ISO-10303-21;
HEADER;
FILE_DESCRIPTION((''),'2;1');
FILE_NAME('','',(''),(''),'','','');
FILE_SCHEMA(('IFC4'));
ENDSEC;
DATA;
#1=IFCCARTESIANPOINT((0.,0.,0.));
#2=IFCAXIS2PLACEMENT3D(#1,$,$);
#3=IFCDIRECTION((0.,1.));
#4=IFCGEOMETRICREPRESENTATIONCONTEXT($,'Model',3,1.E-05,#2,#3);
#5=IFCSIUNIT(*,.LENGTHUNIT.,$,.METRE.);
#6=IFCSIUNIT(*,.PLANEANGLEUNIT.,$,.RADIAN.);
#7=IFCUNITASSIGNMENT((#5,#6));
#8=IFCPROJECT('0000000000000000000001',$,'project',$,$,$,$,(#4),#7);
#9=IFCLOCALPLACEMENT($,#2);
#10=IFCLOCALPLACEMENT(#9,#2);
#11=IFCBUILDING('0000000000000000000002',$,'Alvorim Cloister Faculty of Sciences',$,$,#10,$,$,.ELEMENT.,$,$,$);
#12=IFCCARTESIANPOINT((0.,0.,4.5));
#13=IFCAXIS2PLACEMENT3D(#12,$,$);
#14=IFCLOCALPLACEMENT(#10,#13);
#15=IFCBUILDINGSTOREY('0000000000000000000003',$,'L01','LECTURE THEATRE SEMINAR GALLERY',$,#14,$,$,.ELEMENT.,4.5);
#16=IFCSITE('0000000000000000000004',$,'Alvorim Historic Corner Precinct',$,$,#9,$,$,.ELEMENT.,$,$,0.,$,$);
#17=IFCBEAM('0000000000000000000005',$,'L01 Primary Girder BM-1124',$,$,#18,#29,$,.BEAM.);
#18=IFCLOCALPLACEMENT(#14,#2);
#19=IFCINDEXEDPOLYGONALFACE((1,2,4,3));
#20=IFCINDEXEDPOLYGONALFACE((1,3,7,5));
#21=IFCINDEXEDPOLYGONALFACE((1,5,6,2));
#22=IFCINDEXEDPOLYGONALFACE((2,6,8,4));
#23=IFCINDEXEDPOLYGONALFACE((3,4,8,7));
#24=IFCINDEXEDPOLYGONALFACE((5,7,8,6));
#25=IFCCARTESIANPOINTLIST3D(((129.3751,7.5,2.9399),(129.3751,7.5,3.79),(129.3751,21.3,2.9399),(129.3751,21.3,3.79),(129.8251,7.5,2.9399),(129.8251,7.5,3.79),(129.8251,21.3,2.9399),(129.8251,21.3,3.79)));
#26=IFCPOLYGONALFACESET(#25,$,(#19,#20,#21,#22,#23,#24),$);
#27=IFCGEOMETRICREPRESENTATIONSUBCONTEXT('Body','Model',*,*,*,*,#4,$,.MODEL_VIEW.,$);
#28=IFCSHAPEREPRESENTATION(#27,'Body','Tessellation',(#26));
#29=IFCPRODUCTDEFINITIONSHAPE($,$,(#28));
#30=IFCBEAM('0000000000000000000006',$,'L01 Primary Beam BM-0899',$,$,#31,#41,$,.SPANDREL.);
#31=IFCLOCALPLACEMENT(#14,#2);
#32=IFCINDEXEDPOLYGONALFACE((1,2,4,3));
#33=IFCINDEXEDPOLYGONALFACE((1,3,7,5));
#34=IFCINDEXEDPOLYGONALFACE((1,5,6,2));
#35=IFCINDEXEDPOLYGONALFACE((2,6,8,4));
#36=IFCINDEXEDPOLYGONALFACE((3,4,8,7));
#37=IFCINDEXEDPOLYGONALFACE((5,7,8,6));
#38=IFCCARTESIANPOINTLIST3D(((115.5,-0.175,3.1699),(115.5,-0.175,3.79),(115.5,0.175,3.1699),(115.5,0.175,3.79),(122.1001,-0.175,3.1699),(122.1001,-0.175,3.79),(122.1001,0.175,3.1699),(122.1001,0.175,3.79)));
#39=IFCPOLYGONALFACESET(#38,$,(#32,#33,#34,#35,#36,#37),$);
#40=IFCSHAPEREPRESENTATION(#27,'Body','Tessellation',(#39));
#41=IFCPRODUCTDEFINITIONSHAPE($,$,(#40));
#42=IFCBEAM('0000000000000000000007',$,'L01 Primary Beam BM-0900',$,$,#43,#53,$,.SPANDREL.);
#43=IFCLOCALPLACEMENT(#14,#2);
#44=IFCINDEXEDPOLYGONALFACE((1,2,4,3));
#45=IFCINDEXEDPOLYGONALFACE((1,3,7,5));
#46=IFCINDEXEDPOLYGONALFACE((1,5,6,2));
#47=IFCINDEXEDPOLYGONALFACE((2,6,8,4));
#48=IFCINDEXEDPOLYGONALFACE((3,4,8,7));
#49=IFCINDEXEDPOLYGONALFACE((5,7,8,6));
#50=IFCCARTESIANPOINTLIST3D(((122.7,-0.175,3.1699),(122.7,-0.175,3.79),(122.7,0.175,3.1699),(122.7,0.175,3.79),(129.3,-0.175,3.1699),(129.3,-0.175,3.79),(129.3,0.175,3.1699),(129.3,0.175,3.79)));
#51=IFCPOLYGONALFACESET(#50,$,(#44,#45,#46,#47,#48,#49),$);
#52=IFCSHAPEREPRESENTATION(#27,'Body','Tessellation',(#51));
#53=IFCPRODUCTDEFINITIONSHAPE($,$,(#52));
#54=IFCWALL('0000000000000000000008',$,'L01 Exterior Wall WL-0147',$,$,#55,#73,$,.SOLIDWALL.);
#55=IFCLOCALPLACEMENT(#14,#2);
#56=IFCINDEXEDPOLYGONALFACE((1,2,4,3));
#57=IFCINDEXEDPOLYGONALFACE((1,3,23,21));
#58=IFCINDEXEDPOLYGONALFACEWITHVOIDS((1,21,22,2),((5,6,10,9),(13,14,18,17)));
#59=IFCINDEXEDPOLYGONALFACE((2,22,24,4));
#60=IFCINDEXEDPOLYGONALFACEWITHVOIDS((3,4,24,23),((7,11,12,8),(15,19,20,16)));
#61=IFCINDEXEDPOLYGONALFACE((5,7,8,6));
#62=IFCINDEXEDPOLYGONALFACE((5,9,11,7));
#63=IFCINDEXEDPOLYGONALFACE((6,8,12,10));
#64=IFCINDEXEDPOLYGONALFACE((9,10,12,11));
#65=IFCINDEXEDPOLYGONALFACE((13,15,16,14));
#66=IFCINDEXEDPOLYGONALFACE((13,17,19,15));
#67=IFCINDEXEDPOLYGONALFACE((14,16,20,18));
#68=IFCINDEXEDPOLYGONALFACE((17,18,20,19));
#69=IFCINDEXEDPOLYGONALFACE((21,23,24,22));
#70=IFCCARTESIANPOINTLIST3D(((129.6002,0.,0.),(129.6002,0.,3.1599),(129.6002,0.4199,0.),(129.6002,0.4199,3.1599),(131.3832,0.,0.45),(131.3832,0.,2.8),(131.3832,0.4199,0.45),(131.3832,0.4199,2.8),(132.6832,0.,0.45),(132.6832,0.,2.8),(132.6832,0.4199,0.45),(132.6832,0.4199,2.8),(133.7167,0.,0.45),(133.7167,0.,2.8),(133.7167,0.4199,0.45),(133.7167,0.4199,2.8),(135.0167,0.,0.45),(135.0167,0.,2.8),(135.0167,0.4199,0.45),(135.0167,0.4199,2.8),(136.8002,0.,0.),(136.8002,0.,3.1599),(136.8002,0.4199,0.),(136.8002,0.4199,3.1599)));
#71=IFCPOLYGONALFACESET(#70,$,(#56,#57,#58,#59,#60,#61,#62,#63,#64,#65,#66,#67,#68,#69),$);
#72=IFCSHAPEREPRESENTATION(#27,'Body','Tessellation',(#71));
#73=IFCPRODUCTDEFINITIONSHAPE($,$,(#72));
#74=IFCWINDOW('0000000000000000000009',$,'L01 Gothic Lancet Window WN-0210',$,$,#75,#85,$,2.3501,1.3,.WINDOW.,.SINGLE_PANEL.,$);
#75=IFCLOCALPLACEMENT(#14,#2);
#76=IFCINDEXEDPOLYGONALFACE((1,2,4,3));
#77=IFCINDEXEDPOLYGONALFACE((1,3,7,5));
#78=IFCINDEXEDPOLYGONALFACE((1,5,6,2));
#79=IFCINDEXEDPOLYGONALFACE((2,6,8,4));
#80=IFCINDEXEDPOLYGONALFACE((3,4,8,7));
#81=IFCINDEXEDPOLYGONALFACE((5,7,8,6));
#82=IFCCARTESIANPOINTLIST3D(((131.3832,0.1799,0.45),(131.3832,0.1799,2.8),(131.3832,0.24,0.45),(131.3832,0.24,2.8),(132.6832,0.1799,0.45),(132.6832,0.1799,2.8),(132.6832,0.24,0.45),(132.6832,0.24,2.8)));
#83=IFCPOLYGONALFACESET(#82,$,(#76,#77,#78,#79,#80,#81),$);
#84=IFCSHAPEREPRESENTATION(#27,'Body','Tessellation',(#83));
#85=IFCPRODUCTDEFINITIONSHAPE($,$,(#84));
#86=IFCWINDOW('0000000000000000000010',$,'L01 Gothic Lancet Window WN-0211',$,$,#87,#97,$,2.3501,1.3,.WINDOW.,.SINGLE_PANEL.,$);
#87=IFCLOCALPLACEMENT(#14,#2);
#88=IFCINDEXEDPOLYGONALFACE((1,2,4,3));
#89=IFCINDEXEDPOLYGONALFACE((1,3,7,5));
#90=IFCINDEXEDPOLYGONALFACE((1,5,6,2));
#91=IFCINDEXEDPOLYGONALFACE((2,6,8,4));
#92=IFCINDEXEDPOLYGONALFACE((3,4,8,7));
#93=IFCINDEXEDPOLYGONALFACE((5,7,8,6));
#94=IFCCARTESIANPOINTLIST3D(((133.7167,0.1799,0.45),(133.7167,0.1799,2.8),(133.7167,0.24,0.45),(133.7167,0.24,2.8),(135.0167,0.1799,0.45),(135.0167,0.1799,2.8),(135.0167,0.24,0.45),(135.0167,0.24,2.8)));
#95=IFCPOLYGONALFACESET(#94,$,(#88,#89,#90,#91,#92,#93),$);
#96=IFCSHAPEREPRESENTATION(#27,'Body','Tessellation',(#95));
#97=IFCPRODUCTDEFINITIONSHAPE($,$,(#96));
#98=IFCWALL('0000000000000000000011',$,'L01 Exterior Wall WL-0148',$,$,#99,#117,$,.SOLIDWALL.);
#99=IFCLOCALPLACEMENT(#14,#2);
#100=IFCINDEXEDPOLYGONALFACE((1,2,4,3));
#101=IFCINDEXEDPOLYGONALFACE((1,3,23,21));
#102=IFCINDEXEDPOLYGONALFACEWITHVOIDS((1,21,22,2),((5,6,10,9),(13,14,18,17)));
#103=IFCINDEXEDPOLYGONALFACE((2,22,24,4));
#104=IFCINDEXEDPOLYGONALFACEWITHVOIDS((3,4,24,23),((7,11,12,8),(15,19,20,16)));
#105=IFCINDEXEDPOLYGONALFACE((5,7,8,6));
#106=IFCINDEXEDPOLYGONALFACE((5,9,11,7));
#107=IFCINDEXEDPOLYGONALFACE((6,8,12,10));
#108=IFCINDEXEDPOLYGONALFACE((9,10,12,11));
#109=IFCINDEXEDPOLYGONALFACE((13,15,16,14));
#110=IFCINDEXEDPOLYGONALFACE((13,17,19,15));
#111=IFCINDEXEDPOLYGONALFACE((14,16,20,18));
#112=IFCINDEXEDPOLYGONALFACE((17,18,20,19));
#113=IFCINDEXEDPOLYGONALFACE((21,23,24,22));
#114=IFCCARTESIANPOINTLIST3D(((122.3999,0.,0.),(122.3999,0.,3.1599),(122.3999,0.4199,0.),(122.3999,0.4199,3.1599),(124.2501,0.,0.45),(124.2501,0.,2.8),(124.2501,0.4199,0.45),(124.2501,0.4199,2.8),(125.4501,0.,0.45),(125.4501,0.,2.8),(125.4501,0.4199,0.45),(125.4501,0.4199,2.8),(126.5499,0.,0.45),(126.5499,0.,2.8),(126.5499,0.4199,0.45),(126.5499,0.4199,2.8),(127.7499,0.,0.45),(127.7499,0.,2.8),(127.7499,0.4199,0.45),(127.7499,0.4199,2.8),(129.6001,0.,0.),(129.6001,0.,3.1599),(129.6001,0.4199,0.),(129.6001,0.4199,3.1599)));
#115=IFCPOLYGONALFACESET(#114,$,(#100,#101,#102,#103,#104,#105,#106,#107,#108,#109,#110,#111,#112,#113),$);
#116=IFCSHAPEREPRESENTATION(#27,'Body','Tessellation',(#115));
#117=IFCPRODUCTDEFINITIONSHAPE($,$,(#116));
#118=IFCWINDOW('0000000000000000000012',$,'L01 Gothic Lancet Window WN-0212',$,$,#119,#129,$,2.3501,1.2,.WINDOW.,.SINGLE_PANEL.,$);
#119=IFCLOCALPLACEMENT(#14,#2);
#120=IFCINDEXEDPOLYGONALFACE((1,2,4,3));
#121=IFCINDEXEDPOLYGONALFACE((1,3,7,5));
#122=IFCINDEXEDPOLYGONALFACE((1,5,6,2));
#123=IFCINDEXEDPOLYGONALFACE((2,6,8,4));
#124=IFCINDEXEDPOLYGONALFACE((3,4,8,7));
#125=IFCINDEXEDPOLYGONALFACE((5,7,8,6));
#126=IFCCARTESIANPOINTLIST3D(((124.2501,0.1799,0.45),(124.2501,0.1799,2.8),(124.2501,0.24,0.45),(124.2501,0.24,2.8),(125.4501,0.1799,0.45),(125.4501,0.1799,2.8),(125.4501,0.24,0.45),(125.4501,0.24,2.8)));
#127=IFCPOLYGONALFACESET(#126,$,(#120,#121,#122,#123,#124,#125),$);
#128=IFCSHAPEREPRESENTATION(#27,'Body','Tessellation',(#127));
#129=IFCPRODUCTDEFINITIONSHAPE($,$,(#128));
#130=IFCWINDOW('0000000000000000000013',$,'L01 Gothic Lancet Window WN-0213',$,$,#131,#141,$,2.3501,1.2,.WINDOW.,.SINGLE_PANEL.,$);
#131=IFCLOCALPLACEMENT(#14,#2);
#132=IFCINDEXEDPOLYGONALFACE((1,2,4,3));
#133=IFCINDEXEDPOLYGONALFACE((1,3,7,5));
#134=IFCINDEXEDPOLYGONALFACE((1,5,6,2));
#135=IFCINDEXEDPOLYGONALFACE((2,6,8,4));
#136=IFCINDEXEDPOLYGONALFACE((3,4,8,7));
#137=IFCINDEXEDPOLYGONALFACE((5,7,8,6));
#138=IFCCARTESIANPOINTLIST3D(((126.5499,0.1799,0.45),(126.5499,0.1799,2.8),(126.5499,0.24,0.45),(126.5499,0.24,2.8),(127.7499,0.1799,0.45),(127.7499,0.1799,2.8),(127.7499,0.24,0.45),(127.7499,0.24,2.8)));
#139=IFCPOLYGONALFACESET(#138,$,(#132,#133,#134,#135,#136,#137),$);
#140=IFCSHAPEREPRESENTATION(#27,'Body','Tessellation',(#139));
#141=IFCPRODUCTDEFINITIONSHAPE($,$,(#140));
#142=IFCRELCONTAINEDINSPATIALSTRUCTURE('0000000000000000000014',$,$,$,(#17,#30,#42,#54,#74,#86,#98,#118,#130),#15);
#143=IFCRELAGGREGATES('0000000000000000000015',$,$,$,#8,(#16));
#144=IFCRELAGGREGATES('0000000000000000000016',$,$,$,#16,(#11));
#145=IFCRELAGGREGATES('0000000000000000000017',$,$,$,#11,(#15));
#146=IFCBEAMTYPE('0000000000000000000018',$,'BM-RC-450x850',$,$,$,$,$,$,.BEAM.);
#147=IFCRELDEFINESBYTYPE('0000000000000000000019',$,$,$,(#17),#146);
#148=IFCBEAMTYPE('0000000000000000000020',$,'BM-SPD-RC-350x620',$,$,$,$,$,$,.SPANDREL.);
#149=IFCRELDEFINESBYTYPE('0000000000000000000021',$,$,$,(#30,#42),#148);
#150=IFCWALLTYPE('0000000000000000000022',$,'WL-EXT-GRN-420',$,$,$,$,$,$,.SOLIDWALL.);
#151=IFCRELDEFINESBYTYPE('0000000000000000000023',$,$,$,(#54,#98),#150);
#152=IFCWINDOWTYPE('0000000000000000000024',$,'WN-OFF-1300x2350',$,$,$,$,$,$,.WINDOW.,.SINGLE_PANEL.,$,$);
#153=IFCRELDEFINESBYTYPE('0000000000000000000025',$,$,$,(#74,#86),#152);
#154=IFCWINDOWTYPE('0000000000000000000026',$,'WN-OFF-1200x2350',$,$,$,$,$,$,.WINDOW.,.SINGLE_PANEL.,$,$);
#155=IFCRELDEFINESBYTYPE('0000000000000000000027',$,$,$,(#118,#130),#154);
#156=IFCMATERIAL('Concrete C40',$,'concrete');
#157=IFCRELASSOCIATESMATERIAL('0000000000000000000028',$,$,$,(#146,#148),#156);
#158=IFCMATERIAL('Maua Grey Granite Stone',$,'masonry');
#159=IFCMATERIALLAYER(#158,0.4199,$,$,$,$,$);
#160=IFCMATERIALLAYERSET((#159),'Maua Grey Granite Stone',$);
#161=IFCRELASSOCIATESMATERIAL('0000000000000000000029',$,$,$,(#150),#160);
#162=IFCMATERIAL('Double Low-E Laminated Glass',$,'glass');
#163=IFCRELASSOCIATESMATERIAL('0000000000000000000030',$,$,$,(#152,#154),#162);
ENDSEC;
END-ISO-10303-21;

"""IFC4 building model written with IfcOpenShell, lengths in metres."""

from ifc_helpers import new_model, si_unit, direction, frame, frame_2d, origin, origin_2d, place, context, subcontext, project, spatial, rectangle, extrude, material, layer, layer_set, material_profile, profile_set, type_object, element, fill, save


model = new_model("IFC4")

# Units and contexts
model_context = context("Model", 3, precision=1e-05, world=origin(), true_north=direction((0.0, 1.0)))
body_context = subcontext(model_context, "Body", "Model", "MODEL_VIEW")
ifc_project = project(units=[si_unit("LENGTHUNIT", "METRE"), si_unit("PLANEANGLEUNIT", "RADIAN")], contexts=[model_context])

# Site, building, storey
site_placement = place(None, origin())
site = spatial("IfcSite", under=ifc_project, at=site_placement, Name="Alvorim Historic Corner Precinct", CompositionType="ELEMENT", RefElevation=0.0)
building_placement = place(site_placement, origin())
building = spatial("IfcBuilding", under=site, at=building_placement, Name="Alvorim Cloister Faculty of Sciences", CompositionType="ELEMENT")
storey_placement = place(building_placement, frame((0.0, 0.0, 4.5)))
storey = spatial("IfcBuildingStorey", under=building, at=storey_placement, Name="L01", Description="LECTURE THEATRE SEMINAR GALLERY", CompositionType="ELEMENT", Elevation=4.5)

# Shared definitions
ifc_material_1 = material(Name="Concrete C40", Category="concrete")

# Beams
ifc_material_profile_1 = material_profile(ifc_material_1, rectangle(XDim=0.45, YDim=0.8501, at=origin_2d()), Name="RC40-BM-450x850")
ifc_profile_set_1 = profile_set([ifc_material_profile_1], Name="Concrete C40")
beam_type_1 = type_object("IfcBeamType", Name="BM-RC-450x850", PredefinedType="BEAM", material=ifc_profile_set_1)
beam_1_placement = place(storey_placement, frame((129.6001, 7.5, 3.365), z_axis=(0.0, 1.0, 0.0), x_axis=(-1.0, 0.0, 0.0)))
element("IfcBeam", 1, at=beam_1_placement, inside=storey, type_object=beam_type_1, Name="L01 Primary Girder BM-1124", PredefinedType="BEAM", context=body_context, shape_type="SweptSolid", body=[
    extrude(rectangle(XDim=0.45, YDim=0.8501, at=origin_2d()), origin(), (0.0, 0.0, 1.0), 13.8),
])
ifc_material_profile_2 = material_profile(ifc_material_1, rectangle(XDim=0.3501, YDim=0.6201, at=origin_2d()), Name="RC40-SPD-350x620")
ifc_profile_set_2 = profile_set([ifc_material_profile_2], Name="Concrete C40")
beam_type_2 = type_object("IfcBeamType", Name="BM-SPD-RC-350x620", PredefinedType="SPANDREL", material=ifc_profile_set_2)
for number, where, z_axis, x_axis, name in (
    (2, (115.5, 0.0, 3.48), (1.0, 0.0, 0.0), (0.0, 1.0, 0.0), "L01 Primary Beam BM-0899"),
    (3, (122.7, 0.0, 3.48), (1.0, 0.0, 0.0), (0.0, 1.0, 0.0), "L01 Primary Beam BM-0900"),
):
    element("IfcBeam", number, at=place(storey_placement, frame(where, z_axis=z_axis, x_axis=x_axis)), inside=storey, type_object=beam_type_2, Name=name, PredefinedType="SPANDREL", context=body_context, shape_type="SweptSolid", body=[
        extrude(rectangle(XDim=0.3501, YDim=0.6201, at=origin_2d()), origin(), (0.0, 0.0, 1.0), 6.6001),
    ])

# Walls, openings, windows
ifc_material_2 = material(Name="Maua Grey Granite Stone", Category="masonry")
ifc_layer_1 = layer(ifc_material_2, 0.4199)
ifc_layer_set_1 = layer_set([ifc_layer_1], Name="Maua Grey Granite Stone")
wall_type_1 = type_object("IfcWallType", Name="WL-EXT-GRN-420", PredefinedType="SOLIDWALL", material=ifc_layer_set_1)
wall_1_placement = place(storey_placement, frame((129.6001, 0.21, 0.0), z_axis=(0.0, 0.0, 1.0), x_axis=(1.0, 0.0, 0.0)))
wall_1 = element("IfcWall", 4, at=wall_1_placement, inside=storey, type_object=wall_type_1, Name="L01 Exterior Wall WL-0147", PredefinedType="SOLIDWALL", context=body_context, shape_type="SweptSolid", body=[
    extrude(rectangle(XDim=7.2, YDim=0.4199, at=frame_2d((3.6001, 0.0))), origin(), (0.0, 0.0, 1.0), 3.1599),
])
opening_1_placement = place(wall_1_placement, frame((1.7832, 0.0, 0.45)))
opening_1 = element("IfcOpeningElement", 5, at=opening_1_placement, cuts=wall_1, PredefinedType="OPENING", context=body_context, shape_type="SweptSolid", body=[
    extrude(rectangle(XDim=1.3, YDim=2.3501, at=frame_2d((0.6499, 1.175))), frame((0.0, 0.2219, 0.0), z_axis=(0.0, -1.0, 0.0), x_axis=(1.0, 0.0, 0.0)), (0.0, 0.0, 1.0), 0.4438),
])
opening_2_placement = place(wall_1_placement, frame((4.1167, 0.0, 0.45)))
opening_2 = element("IfcOpeningElement", 6, at=opening_2_placement, cuts=wall_1, PredefinedType="OPENING", context=body_context, shape_type="SweptSolid", body=[
    extrude(rectangle(XDim=1.3, YDim=2.3501, at=frame_2d((0.6499, 1.175))), frame((0.0, 0.2219, 0.0), z_axis=(0.0, -1.0, 0.0), x_axis=(1.0, 0.0, 0.0)), (0.0, 0.0, 1.0), 0.4438),
])
ifc_material_3 = material(Name="Double Low-E Laminated Glass", Category="glass")
window_type_1 = type_object("IfcWindowType", Name="WN-OFF-1300x2350", PartitioningType="SINGLE_PANEL", PredefinedType="WINDOW", material=ifc_material_3)
window_1_placement = place(opening_1_placement, origin())
window_1 = element("IfcWindow", 7, at=window_1_placement, inside=storey, type_object=window_type_1, Name="L01 Gothic Lancet Window WN-0210", OverallHeight=2.3501, OverallWidth=1.3, PartitioningType="SINGLE_PANEL", PredefinedType="WINDOW", context=body_context, shape_type="SweptSolid", body=[
    extrude(rectangle(XDim=1.3, YDim=2.3501, at=frame_2d((0.6499, 1.175))), frame((0.0, 0.03, 0.0), z_axis=(0.0, -1.0, 0.0), x_axis=(1.0, 0.0, 0.0)), (0.0, 0.0, 1.0), 0.0601),
])
fill(opening_1, window_1)
window_2_placement = place(opening_2_placement, origin())
window_2 = element("IfcWindow", 8, at=window_2_placement, inside=storey, type_object=window_type_1, Name="L01 Gothic Lancet Window WN-0211", OverallHeight=2.3501, OverallWidth=1.3, PartitioningType="SINGLE_PANEL", PredefinedType="WINDOW", context=body_context, shape_type="SweptSolid", body=[
    extrude(rectangle(XDim=1.3, YDim=2.3501, at=frame_2d((0.6499, 1.175))), frame((0.0, 0.03, 0.0), z_axis=(0.0, -1.0, 0.0), x_axis=(1.0, 0.0, 0.0)), (0.0, 0.0, 1.0), 0.0601),
])
fill(opening_2, window_2)
wall_2_placement = place(storey_placement, frame((122.3999, 0.21, 0.0), z_axis=(0.0, 0.0, 1.0), x_axis=(1.0, 0.0, 0.0)))
wall_2 = element("IfcWall", 9, at=wall_2_placement, inside=storey, type_object=wall_type_1, Name="L01 Exterior Wall WL-0148", PredefinedType="SOLIDWALL", context=body_context, shape_type="SweptSolid", body=[
    extrude(rectangle(XDim=7.2002, YDim=0.4199, at=frame_2d((3.6001, 0.0))), origin(), (0.0, 0.0, 1.0), 3.1599),
])
opening_3_placement = place(wall_2_placement, frame((1.8501, 0.0, 0.45)))
opening_3 = element("IfcOpeningElement", 10, at=opening_3_placement, cuts=wall_2, PredefinedType="OPENING", context=body_context, shape_type="SweptSolid", body=[
    extrude(rectangle(XDim=1.2, YDim=2.3501, at=frame_2d((0.6001, 1.175))), frame((0.0, 0.2219, 0.0), z_axis=(0.0, -1.0, 0.0), x_axis=(1.0, 0.0, 0.0)), (0.0, 0.0, 1.0), 0.4438),
])
opening_4_placement = place(wall_2_placement, frame((4.1499, 0.0, 0.45)))
opening_4 = element("IfcOpeningElement", 11, at=opening_4_placement, cuts=wall_2, PredefinedType="OPENING", context=body_context, shape_type="SweptSolid", body=[
    extrude(rectangle(XDim=1.2, YDim=2.3501, at=frame_2d((0.6001, 1.175))), frame((0.0, 0.2219, 0.0), z_axis=(0.0, -1.0, 0.0), x_axis=(1.0, 0.0, 0.0)), (0.0, 0.0, 1.0), 0.4438),
])
window_type_2 = type_object("IfcWindowType", Name="WN-OFF-1200x2350", PartitioningType="SINGLE_PANEL", PredefinedType="WINDOW", material=ifc_material_3)
window_3_placement = place(opening_3_placement, origin())
window_3 = element("IfcWindow", 12, at=window_3_placement, inside=storey, type_object=window_type_2, Name="L01 Gothic Lancet Window WN-0212", OverallHeight=2.3501, OverallWidth=1.2, PartitioningType="SINGLE_PANEL", PredefinedType="WINDOW", context=body_context, shape_type="SweptSolid", body=[
    extrude(rectangle(XDim=1.2, YDim=2.3501, at=frame_2d((0.6001, 1.175))), frame((0.0, 0.03, 0.0), z_axis=(0.0, -1.0, 0.0), x_axis=(1.0, 0.0, 0.0)), (0.0, 0.0, 1.0), 0.0601),
])
fill(opening_3, window_3)
window_4_placement = place(opening_4_placement, origin())
window_4 = element("IfcWindow", 13, at=window_4_placement, inside=storey, type_object=window_type_2, Name="L01 Gothic Lancet Window WN-0213", OverallHeight=2.3501, OverallWidth=1.2, PartitioningType="SINGLE_PANEL", PredefinedType="WINDOW", context=body_context, shape_type="SweptSolid", body=[
    extrude(rectangle(XDim=1.2, YDim=2.3501, at=frame_2d((0.6001, 1.175))), frame((0.0, 0.03, 0.0), z_axis=(0.0, -1.0, 0.0), x_axis=(1.0, 0.0, 0.0)), (0.0, 0.0, 1.0), 0.0601),
])
fill(opening_4, window_4)

save(model, "model.ifc")
